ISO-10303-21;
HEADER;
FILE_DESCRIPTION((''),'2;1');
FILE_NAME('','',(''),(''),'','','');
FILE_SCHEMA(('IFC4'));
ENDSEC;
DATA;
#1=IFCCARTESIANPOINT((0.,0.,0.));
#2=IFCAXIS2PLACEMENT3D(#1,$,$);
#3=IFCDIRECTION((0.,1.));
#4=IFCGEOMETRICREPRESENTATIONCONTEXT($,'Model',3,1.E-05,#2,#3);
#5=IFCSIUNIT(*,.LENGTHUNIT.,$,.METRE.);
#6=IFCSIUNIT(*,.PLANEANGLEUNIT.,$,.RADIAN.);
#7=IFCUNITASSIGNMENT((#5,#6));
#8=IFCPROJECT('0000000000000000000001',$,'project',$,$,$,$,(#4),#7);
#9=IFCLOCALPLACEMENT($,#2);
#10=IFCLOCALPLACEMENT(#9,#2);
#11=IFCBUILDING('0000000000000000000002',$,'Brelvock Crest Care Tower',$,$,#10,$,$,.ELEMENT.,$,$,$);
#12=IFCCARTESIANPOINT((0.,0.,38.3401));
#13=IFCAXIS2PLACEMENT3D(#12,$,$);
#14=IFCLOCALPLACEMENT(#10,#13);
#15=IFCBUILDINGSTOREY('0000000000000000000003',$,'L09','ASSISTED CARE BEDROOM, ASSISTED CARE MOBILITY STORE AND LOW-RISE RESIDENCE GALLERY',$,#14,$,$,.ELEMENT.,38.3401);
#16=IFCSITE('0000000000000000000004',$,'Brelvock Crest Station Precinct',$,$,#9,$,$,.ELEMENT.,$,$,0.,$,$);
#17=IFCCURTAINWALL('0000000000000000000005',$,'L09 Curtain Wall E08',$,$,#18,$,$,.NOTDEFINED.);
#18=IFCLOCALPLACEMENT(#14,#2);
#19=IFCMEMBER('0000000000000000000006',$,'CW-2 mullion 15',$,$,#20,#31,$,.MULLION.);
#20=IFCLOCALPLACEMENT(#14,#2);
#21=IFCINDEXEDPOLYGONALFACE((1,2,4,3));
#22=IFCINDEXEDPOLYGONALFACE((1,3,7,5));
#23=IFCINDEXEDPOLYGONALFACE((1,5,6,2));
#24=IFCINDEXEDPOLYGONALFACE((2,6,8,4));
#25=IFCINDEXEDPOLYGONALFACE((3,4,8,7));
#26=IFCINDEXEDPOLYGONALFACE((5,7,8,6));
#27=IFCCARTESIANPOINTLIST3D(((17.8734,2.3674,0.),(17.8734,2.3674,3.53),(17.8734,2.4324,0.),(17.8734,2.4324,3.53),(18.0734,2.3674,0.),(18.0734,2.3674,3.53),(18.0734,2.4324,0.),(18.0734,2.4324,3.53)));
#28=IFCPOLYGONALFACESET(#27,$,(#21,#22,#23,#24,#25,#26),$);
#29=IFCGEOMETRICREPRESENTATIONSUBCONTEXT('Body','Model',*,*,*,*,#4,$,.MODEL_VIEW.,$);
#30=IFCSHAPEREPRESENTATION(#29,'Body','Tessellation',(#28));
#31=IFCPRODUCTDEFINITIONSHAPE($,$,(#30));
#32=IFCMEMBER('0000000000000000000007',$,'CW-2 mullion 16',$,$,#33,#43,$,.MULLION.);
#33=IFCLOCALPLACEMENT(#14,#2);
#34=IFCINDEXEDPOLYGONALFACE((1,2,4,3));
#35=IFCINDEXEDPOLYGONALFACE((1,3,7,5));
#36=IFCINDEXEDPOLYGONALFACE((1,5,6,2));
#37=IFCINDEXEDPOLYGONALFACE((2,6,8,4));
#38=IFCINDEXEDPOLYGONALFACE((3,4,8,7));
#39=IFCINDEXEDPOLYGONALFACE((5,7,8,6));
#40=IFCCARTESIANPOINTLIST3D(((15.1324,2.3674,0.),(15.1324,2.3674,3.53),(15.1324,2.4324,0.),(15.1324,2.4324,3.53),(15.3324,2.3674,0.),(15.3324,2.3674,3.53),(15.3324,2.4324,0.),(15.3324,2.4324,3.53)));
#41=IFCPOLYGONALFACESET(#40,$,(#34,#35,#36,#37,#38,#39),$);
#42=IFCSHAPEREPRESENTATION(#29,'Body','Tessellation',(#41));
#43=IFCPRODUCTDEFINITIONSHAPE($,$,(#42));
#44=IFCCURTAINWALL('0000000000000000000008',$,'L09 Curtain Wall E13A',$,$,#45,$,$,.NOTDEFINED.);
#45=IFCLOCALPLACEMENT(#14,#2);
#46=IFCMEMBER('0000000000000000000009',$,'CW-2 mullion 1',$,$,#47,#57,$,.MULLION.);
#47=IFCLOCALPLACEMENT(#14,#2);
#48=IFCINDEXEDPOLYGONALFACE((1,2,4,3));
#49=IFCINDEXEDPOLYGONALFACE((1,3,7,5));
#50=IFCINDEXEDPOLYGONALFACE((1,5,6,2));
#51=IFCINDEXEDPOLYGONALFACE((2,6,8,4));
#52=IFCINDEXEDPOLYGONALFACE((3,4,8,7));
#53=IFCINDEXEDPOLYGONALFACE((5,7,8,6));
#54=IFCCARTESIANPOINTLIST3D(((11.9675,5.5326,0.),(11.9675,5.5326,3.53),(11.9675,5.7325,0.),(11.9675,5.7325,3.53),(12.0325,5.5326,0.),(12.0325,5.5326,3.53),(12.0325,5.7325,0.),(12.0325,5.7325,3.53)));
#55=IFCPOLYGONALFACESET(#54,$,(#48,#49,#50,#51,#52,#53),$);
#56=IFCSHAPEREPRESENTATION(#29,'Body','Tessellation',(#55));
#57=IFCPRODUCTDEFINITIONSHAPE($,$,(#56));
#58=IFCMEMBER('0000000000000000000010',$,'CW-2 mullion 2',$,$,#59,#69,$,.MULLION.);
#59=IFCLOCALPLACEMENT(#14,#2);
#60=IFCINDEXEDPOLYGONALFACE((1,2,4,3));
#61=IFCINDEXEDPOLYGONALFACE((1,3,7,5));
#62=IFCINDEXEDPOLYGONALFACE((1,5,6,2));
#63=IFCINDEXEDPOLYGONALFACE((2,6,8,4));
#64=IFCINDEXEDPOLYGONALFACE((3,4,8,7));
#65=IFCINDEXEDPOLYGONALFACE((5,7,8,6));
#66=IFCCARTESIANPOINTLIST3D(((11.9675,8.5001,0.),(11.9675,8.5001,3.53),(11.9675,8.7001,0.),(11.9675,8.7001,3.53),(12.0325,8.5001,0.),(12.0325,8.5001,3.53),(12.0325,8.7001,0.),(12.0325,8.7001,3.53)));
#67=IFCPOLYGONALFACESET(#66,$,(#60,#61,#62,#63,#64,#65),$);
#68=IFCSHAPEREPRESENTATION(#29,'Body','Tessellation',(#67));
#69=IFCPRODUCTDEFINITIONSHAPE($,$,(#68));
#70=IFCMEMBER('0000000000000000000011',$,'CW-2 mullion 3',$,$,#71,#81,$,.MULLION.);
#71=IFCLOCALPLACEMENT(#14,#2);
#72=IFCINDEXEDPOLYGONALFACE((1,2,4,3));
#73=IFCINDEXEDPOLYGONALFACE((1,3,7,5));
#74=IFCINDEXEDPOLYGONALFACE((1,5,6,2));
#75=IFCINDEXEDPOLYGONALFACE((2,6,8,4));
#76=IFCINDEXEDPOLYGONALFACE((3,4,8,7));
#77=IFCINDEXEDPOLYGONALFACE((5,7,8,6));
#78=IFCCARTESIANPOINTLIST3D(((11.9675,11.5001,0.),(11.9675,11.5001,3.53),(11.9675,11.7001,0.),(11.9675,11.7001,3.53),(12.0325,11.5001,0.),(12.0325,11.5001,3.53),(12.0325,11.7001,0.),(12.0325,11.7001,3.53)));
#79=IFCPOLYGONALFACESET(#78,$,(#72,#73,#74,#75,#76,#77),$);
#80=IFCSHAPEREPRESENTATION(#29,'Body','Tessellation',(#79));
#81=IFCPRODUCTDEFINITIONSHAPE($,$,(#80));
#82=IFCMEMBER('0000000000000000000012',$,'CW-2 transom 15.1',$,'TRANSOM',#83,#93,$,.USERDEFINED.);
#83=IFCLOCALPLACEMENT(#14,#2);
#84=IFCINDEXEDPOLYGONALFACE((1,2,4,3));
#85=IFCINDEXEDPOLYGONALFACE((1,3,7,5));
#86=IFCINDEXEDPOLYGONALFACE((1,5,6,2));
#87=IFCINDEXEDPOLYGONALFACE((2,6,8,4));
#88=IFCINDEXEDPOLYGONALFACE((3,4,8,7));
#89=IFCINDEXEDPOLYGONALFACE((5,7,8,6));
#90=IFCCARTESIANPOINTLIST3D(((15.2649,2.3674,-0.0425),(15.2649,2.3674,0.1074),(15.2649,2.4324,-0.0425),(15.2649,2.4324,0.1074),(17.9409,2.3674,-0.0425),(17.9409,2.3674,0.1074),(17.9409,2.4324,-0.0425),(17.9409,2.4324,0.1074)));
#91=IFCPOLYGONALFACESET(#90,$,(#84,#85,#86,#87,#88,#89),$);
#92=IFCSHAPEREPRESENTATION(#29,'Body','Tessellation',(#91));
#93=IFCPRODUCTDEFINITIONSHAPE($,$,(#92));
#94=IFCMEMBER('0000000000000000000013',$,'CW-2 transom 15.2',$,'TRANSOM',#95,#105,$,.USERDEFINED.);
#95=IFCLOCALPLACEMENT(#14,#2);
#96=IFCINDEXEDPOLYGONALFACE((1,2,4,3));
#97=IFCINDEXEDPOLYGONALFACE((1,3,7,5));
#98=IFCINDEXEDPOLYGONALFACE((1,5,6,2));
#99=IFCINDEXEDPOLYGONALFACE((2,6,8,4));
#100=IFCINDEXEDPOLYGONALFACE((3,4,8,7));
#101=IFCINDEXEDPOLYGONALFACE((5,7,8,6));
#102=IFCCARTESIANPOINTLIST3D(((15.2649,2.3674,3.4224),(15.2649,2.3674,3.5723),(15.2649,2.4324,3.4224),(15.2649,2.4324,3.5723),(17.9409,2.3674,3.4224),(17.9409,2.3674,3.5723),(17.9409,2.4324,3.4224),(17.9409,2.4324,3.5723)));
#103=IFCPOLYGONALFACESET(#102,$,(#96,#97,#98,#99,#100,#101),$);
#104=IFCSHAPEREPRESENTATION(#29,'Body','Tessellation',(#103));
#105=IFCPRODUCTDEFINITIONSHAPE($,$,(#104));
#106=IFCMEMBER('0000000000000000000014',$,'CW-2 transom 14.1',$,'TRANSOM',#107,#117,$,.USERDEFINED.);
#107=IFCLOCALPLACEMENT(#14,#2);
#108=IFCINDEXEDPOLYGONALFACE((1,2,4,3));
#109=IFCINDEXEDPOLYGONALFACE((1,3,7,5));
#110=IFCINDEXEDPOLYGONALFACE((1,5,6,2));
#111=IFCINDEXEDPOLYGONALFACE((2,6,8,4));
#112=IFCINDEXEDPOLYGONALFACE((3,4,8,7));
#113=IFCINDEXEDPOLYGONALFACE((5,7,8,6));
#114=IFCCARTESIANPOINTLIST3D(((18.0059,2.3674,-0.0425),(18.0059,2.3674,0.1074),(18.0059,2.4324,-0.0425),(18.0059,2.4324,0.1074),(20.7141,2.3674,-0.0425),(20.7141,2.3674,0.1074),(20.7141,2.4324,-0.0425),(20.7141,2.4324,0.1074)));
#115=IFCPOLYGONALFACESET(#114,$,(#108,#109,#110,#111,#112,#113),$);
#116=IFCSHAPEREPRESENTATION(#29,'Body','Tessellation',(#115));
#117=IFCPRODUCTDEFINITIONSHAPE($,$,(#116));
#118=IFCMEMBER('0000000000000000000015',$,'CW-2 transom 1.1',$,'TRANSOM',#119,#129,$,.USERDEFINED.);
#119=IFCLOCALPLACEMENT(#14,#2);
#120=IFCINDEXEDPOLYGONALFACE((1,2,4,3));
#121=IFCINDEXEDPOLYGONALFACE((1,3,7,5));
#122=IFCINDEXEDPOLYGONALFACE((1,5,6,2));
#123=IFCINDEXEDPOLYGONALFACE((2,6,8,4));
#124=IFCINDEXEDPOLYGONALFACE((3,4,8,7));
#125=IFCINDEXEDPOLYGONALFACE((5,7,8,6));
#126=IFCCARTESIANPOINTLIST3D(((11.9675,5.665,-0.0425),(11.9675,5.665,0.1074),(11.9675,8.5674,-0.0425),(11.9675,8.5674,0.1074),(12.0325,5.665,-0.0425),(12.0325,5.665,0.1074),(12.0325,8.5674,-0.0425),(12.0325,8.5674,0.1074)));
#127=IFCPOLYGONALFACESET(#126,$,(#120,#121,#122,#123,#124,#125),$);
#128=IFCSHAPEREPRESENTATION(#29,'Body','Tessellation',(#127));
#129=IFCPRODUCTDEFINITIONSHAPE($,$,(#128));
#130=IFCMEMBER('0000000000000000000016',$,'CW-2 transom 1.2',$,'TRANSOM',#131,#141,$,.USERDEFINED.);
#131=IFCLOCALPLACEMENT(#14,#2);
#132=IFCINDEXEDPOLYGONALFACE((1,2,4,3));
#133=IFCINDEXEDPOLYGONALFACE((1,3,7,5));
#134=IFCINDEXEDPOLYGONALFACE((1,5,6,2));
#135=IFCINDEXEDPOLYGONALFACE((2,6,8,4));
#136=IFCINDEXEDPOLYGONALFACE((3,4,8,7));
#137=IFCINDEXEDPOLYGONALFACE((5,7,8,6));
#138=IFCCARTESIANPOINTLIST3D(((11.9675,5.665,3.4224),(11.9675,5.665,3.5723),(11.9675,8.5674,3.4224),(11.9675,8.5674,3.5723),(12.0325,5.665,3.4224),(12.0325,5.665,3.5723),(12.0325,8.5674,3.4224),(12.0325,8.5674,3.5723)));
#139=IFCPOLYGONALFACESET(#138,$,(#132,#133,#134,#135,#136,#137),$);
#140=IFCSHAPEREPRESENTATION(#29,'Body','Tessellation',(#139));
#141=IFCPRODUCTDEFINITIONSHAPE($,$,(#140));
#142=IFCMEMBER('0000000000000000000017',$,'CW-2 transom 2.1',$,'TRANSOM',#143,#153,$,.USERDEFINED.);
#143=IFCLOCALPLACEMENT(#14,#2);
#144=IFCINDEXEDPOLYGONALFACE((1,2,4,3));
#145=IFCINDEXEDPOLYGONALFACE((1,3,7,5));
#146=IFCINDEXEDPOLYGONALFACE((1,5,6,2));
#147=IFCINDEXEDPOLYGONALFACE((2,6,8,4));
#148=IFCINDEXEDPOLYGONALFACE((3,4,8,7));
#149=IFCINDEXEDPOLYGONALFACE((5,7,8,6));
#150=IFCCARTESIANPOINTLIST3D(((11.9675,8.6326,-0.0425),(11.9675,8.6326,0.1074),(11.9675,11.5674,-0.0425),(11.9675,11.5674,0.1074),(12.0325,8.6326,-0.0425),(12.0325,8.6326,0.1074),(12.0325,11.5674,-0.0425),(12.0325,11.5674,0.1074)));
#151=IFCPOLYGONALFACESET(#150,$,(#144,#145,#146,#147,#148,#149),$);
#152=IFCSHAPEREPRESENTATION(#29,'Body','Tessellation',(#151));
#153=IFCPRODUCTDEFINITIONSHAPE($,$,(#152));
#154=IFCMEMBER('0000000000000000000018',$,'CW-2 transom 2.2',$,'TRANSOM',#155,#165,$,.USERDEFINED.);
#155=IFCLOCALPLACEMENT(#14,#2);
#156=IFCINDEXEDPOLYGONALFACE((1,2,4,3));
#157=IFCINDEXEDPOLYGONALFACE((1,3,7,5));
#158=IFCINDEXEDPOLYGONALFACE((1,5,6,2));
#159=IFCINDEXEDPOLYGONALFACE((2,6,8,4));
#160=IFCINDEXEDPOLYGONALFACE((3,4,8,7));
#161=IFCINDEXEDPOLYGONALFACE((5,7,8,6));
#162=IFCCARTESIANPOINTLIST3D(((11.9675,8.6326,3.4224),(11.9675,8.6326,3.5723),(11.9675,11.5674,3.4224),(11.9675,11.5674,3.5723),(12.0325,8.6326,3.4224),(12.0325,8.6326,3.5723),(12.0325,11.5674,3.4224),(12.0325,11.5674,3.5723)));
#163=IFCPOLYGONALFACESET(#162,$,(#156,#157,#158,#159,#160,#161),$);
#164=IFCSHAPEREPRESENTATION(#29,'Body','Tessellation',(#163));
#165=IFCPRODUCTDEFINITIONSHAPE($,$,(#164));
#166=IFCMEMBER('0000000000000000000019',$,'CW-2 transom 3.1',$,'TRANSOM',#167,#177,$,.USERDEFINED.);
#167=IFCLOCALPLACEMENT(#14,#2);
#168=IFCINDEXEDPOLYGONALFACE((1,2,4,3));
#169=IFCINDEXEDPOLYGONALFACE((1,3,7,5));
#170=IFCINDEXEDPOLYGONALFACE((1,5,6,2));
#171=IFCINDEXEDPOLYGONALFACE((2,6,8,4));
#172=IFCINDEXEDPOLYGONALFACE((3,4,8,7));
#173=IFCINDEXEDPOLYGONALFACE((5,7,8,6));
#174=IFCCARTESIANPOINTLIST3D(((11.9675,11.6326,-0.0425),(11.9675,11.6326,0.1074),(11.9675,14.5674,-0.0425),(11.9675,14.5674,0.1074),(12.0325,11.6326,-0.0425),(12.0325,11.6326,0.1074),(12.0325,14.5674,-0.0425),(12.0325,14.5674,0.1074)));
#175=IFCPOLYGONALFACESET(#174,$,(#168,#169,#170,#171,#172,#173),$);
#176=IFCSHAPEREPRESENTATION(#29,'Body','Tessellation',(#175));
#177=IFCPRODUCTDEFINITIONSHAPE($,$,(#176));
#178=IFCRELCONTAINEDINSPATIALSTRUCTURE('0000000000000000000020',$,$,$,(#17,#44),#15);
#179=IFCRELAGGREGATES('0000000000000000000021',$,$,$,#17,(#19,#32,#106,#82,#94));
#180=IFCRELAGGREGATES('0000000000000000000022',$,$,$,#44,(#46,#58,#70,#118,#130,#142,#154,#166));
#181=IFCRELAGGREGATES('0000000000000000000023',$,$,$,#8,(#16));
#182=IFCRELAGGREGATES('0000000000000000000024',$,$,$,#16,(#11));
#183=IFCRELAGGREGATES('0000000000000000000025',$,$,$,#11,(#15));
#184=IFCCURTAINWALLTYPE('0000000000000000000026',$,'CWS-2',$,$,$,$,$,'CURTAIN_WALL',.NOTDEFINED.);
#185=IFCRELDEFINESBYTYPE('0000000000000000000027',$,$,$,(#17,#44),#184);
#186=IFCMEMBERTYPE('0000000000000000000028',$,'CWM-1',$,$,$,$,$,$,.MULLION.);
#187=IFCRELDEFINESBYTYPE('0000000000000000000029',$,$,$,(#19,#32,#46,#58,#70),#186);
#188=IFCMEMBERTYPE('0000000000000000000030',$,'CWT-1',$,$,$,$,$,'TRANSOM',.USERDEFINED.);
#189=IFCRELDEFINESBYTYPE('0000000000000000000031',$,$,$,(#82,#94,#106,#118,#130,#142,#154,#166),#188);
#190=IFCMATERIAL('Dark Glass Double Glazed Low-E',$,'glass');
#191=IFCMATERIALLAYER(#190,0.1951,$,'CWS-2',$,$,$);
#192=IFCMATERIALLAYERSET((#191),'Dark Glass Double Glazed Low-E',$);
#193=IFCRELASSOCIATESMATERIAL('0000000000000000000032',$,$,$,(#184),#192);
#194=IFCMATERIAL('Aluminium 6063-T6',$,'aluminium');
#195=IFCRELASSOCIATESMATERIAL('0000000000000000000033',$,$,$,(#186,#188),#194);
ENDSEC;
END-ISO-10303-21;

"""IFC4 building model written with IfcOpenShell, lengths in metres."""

from ifc_helpers import new_model, si_unit, direction, frame, origin, origin_2d, place, context, subcontext, project, spatial, rectangle, extrude, source, transform, mapped, material, layer, layer_set, material_profile, profile_set, type_object, element, aggregate, save


model = new_model("IFC4")

# Units and contexts
model_context = context("Model", 3, precision=1e-05, world=origin(), true_north=direction((0.0, 1.0)))
body_context = subcontext(model_context, "Body", "Model", "MODEL_VIEW")
ifc_project = project(units=[si_unit("LENGTHUNIT", "METRE"), si_unit("PLANEANGLEUNIT", "RADIAN")], contexts=[model_context])

# Site, building, storey
site_placement = place(None, origin())
site = spatial("IfcSite", under=ifc_project, at=site_placement, Name="Brelvock Crest Station Precinct", CompositionType="ELEMENT", RefElevation=0.0)
building_placement = place(site_placement, origin())
building = spatial("IfcBuilding", under=site, at=building_placement, Name="Brelvock Crest Care Tower", CompositionType="ELEMENT")
storey_placement = place(building_placement, frame((0.0, 0.0, 38.3401)))
storey = spatial("IfcBuildingStorey", under=building, at=storey_placement, Name="L09", Description="ASSISTED CARE BEDROOM, ASSISTED CARE MOBILITY STORE AND LOW-RISE RESIDENCE GALLERY", CompositionType="ELEMENT", Elevation=38.3401)

# Curtain walls, members
ifc_material_1 = material(Name="Dark Glass Double Glazed Low-E", Category="glass")
ifc_layer_1 = layer(ifc_material_1, 0.1951, Name="CWS-2")
ifc_layer_set_1 = layer_set([ifc_layer_1], Name="Dark Glass Double Glazed Low-E")
curtain_wall_type = type_object("IfcCurtainWallType", Name="CWS-2", ElementType="CURTAIN_WALL", PredefinedType="NOTDEFINED", material=ifc_layer_set_1)
curtain_wall_1_placement = place(storey_placement, origin())
curtain_wall_1 = element("IfcCurtainWall", 1, at=curtain_wall_1_placement, inside=storey, type_object=curtain_wall_type, Name="L09 Curtain Wall E08", PredefinedType="NOTDEFINED")
ifc_material_2 = material(Name="Aluminium 6063-T6", Category="aluminium")
ifc_material_profile_1 = material_profile(ifc_material_2, rectangle(XDim=0.0649, YDim=0.2, at=origin_2d()), Name="ALU65x200")
ifc_profile_set_1 = profile_set([ifc_material_profile_1], Name="Aluminium 6063-T6")
member_type_1 = type_object("IfcMemberType", Name="CWM-1", PredefinedType="MULLION", material=ifc_profile_set_1)
shared_shape_1 = source(origin(), body_context, "Body", "SweptSolid", [
    extrude(rectangle(XDim=0.0649, YDim=0.2, at=origin_2d()), origin(), (0.0, 0.0, 1.0), 3.53),
])
member_1_placement = place(storey_placement, frame((17.9734, 2.3999, 0.0), z_axis=(0.0, 0.0, 1.0), x_axis=(0.0, -1.0, 0.0)))
member_1 = element("IfcMember", 2, at=member_1_placement, type_object=member_type_1, Name="CW-2 mullion 15", PredefinedType="MULLION", context=body_context, shape_type="MappedRepresentation", body=[
    mapped(shared_shape_1, transform((0.0, 0.0, 0.0), x_axis=(1.0, 0.0, 0.0), y_axis=(0.0, 1.0, 0.0), z_axis=(0.0, 0.0, 1.0), scale=1.0)),
])
member_2_placement = place(storey_placement, frame((15.2324, 2.3999, 0.0), z_axis=(0.0, 0.0, 1.0), x_axis=(0.0, -1.0, 0.0)))
member_2 = element("IfcMember", 3, at=member_2_placement, type_object=member_type_1, Name="CW-2 mullion 16", PredefinedType="MULLION", context=body_context, shape_type="MappedRepresentation", body=[
    mapped(shared_shape_1, transform((0.0, 0.0, 0.0), x_axis=(1.0, 0.0, 0.0), y_axis=(0.0, 1.0, 0.0), z_axis=(0.0, 0.0, 1.0), scale=1.0)),
])
curtain_wall_2_placement = place(storey_placement, origin())
curtain_wall_2 = element("IfcCurtainWall", 4, at=curtain_wall_2_placement, inside=storey, type_object=curtain_wall_type, Name="L09 Curtain Wall E13A", PredefinedType="NOTDEFINED")
member_3_placement = place(storey_placement, frame((12.0, 5.6326, 0.0), z_axis=(0.0, 0.0, 1.0), x_axis=(-1.0, 0.0, 0.0)))
member_3 = element("IfcMember", 5, at=member_3_placement, type_object=member_type_1, Name="CW-2 mullion 1", PredefinedType="MULLION", context=body_context, shape_type="MappedRepresentation", body=[
    mapped(shared_shape_1, transform((0.0, 0.0, 0.0), x_axis=(1.0, 0.0, 0.0), y_axis=(0.0, 1.0, 0.0), z_axis=(0.0, 0.0, 1.0), scale=1.0)),
])
member_4_placement = place(storey_placement, frame((12.0, 8.6001, 0.0), z_axis=(0.0, 0.0, 1.0), x_axis=(-1.0, 0.0, 0.0)))
member_4 = element("IfcMember", 6, at=member_4_placement, type_object=member_type_1, Name="CW-2 mullion 2", PredefinedType="MULLION", context=body_context, shape_type="MappedRepresentation", body=[
    mapped(shared_shape_1, transform((0.0, 0.0, 0.0), x_axis=(1.0, 0.0, 0.0), y_axis=(0.0, 1.0, 0.0), z_axis=(0.0, 0.0, 1.0), scale=1.0)),
])
member_5_placement = place(storey_placement, frame((12.0, 11.6001, 0.0), z_axis=(0.0, 0.0, 1.0), x_axis=(-1.0, 0.0, 0.0)))
member_5 = element("IfcMember", 7, at=member_5_placement, type_object=member_type_1, Name="CW-2 mullion 3", PredefinedType="MULLION", context=body_context, shape_type="MappedRepresentation", body=[
    mapped(shared_shape_1, transform((0.0, 0.0, 0.0), x_axis=(1.0, 0.0, 0.0), y_axis=(0.0, 1.0, 0.0), z_axis=(0.0, 0.0, 1.0), scale=1.0)),
])

# Members
ifc_material_profile_2 = material_profile(ifc_material_2, rectangle(XDim=0.0649, YDim=0.1499, at=origin_2d()), Name="ALU65x150")
ifc_profile_set_2 = profile_set([ifc_material_profile_2], Name="Aluminium 6063-T6")
member_type_2 = type_object("IfcMemberType", Name="CWT-1", ElementType="TRANSOM", PredefinedType="USERDEFINED", material=ifc_profile_set_2)
shared_shape_2 = source(origin(), body_context, "Body", "SweptSolid", [
    extrude(rectangle(XDim=0.0649, YDim=0.1499, at=origin_2d()), origin(), (0.0, 0.0, 1.0), 2.676),
])
member_6_placement = place(storey_placement, frame((17.9409, 2.3999, 0.0325), z_axis=(-1.0, 0.0, 0.0), x_axis=(0.0, -1.0, 0.0)))
member_6 = element("IfcMember", 8, at=member_6_placement, type_object=member_type_2, Name="CW-2 transom 15.1", ObjectType="TRANSOM", PredefinedType="USERDEFINED", context=body_context, shape_type="MappedRepresentation", body=[
    mapped(shared_shape_2, transform((0.0, 0.0, 0.0), x_axis=(1.0, 0.0, 0.0), y_axis=(0.0, 1.0, 0.0), z_axis=(0.0, 0.0, 1.0), scale=1.0)),
])
member_7_placement = place(storey_placement, frame((17.9409, 2.3999, 3.4973), z_axis=(-1.0, 0.0, 0.0), x_axis=(0.0, -1.0, 0.0)))
member_7 = element("IfcMember", 9, at=member_7_placement, type_object=member_type_2, Name="CW-2 transom 15.2", ObjectType="TRANSOM", PredefinedType="USERDEFINED", context=body_context, shape_type="MappedRepresentation", body=[
    mapped(shared_shape_2, transform((0.0, 0.0, 0.0), x_axis=(1.0, 0.0, 0.0), y_axis=(0.0, 1.0, 0.0), z_axis=(0.0, 0.0, 1.0), scale=1.0)),
])
shared_shape_3 = source(origin(), body_context, "Body", "SweptSolid", [
    extrude(rectangle(XDim=0.0649, YDim=0.1499, at=origin_2d()), origin(), (0.0, 0.0, 1.0), 2.7083),
])
member_8_placement = place(storey_placement, frame((20.7141, 2.3999, 0.0325), z_axis=(-1.0, 0.0, 0.0), x_axis=(0.0, -1.0, 0.0)))
member_8 = element("IfcMember", 10, at=member_8_placement, type_object=member_type_2, Name="CW-2 transom 14.1", ObjectType="TRANSOM", PredefinedType="USERDEFINED", context=body_context, shape_type="MappedRepresentation", body=[
    mapped(shared_shape_3, transform((0.0, 0.0, 0.0), x_axis=(1.0, 0.0, 0.0), y_axis=(0.0, 1.0, 0.0), z_axis=(0.0, 0.0, 1.0), scale=1.0)),
])
shared_shape_4 = source(origin(), body_context, "Body", "SweptSolid", [
    extrude(rectangle(XDim=0.0649, YDim=0.1499, at=origin_2d()), origin(), (0.0, 0.0, 1.0), 2.9023),
])
member_9_placement = place(storey_placement, frame((12.0, 5.665, 0.0325), z_axis=(0.0, 1.0, 0.0), x_axis=(-1.0, 0.0, 0.0)))
member_9 = element("IfcMember", 11, at=member_9_placement, type_object=member_type_2, Name="CW-2 transom 1.1", ObjectType="TRANSOM", PredefinedType="USERDEFINED", context=body_context, shape_type="MappedRepresentation", body=[
    mapped(shared_shape_4, transform((0.0, 0.0, 0.0), x_axis=(1.0, 0.0, 0.0), y_axis=(0.0, 1.0, 0.0), z_axis=(0.0, 0.0, 1.0), scale=1.0)),
])
member_10_placement = place(storey_placement, frame((12.0, 5.665, 3.4973), z_axis=(0.0, 1.0, 0.0), x_axis=(-1.0, 0.0, 0.0)))
member_10 = element("IfcMember", 12, at=member_10_placement, type_object=member_type_2, Name="CW-2 transom 1.2", ObjectType="TRANSOM", PredefinedType="USERDEFINED", context=body_context, shape_type="MappedRepresentation", body=[
    mapped(shared_shape_4, transform((0.0, 0.0, 0.0), x_axis=(1.0, 0.0, 0.0), y_axis=(0.0, 1.0, 0.0), z_axis=(0.0, 0.0, 1.0), scale=1.0)),
])
shared_shape_5 = source(origin(), body_context, "Body", "SweptSolid", [
    extrude(rectangle(XDim=0.0649, YDim=0.1499, at=origin_2d()), origin(), (0.0, 0.0, 1.0), 2.9348),
])
member_11_placement = place(storey_placement, frame((12.0, 8.6326, 0.0325), z_axis=(0.0, 1.0, 0.0), x_axis=(-1.0, 0.0, 0.0)))
member_11 = element("IfcMember", 13, at=member_11_placement, type_object=member_type_2, Name="CW-2 transom 2.1", ObjectType="TRANSOM", PredefinedType="USERDEFINED", context=body_context, shape_type="MappedRepresentation", body=[
    mapped(shared_shape_5, transform((0.0, 0.0, 0.0), x_axis=(1.0, 0.0, 0.0), y_axis=(0.0, 1.0, 0.0), z_axis=(0.0, 0.0, 1.0), scale=1.0)),
])
member_12_placement = place(storey_placement, frame((12.0, 8.6326, 3.4973), z_axis=(0.0, 1.0, 0.0), x_axis=(-1.0, 0.0, 0.0)))
member_12 = element("IfcMember", 14, at=member_12_placement, type_object=member_type_2, Name="CW-2 transom 2.2", ObjectType="TRANSOM", PredefinedType="USERDEFINED", context=body_context, shape_type="MappedRepresentation", body=[
    mapped(shared_shape_5, transform((0.0, 0.0, 0.0), x_axis=(1.0, 0.0, 0.0), y_axis=(0.0, 1.0, 0.0), z_axis=(0.0, 0.0, 1.0), scale=1.0)),
])
member_13_placement = place(storey_placement, frame((12.0, 11.6326, 0.0325), z_axis=(0.0, 1.0, 0.0), x_axis=(-1.0, 0.0, 0.0)))
member_13 = element("IfcMember", 15, at=member_13_placement, type_object=member_type_2, Name="CW-2 transom 3.1", ObjectType="TRANSOM", PredefinedType="USERDEFINED", context=body_context, shape_type="MappedRepresentation", body=[
    mapped(shared_shape_5, transform((0.0, 0.0, 0.0), x_axis=(1.0, 0.0, 0.0), y_axis=(0.0, 1.0, 0.0), z_axis=(0.0, 0.0, 1.0), scale=1.0)),
])

aggregate(curtain_wall_1, [member_1, member_2, member_8, member_6, member_7])
aggregate(curtain_wall_2, [member_3, member_4, member_5, member_9, member_10, member_11, member_12, member_13])

save(model, "model.ifc")
